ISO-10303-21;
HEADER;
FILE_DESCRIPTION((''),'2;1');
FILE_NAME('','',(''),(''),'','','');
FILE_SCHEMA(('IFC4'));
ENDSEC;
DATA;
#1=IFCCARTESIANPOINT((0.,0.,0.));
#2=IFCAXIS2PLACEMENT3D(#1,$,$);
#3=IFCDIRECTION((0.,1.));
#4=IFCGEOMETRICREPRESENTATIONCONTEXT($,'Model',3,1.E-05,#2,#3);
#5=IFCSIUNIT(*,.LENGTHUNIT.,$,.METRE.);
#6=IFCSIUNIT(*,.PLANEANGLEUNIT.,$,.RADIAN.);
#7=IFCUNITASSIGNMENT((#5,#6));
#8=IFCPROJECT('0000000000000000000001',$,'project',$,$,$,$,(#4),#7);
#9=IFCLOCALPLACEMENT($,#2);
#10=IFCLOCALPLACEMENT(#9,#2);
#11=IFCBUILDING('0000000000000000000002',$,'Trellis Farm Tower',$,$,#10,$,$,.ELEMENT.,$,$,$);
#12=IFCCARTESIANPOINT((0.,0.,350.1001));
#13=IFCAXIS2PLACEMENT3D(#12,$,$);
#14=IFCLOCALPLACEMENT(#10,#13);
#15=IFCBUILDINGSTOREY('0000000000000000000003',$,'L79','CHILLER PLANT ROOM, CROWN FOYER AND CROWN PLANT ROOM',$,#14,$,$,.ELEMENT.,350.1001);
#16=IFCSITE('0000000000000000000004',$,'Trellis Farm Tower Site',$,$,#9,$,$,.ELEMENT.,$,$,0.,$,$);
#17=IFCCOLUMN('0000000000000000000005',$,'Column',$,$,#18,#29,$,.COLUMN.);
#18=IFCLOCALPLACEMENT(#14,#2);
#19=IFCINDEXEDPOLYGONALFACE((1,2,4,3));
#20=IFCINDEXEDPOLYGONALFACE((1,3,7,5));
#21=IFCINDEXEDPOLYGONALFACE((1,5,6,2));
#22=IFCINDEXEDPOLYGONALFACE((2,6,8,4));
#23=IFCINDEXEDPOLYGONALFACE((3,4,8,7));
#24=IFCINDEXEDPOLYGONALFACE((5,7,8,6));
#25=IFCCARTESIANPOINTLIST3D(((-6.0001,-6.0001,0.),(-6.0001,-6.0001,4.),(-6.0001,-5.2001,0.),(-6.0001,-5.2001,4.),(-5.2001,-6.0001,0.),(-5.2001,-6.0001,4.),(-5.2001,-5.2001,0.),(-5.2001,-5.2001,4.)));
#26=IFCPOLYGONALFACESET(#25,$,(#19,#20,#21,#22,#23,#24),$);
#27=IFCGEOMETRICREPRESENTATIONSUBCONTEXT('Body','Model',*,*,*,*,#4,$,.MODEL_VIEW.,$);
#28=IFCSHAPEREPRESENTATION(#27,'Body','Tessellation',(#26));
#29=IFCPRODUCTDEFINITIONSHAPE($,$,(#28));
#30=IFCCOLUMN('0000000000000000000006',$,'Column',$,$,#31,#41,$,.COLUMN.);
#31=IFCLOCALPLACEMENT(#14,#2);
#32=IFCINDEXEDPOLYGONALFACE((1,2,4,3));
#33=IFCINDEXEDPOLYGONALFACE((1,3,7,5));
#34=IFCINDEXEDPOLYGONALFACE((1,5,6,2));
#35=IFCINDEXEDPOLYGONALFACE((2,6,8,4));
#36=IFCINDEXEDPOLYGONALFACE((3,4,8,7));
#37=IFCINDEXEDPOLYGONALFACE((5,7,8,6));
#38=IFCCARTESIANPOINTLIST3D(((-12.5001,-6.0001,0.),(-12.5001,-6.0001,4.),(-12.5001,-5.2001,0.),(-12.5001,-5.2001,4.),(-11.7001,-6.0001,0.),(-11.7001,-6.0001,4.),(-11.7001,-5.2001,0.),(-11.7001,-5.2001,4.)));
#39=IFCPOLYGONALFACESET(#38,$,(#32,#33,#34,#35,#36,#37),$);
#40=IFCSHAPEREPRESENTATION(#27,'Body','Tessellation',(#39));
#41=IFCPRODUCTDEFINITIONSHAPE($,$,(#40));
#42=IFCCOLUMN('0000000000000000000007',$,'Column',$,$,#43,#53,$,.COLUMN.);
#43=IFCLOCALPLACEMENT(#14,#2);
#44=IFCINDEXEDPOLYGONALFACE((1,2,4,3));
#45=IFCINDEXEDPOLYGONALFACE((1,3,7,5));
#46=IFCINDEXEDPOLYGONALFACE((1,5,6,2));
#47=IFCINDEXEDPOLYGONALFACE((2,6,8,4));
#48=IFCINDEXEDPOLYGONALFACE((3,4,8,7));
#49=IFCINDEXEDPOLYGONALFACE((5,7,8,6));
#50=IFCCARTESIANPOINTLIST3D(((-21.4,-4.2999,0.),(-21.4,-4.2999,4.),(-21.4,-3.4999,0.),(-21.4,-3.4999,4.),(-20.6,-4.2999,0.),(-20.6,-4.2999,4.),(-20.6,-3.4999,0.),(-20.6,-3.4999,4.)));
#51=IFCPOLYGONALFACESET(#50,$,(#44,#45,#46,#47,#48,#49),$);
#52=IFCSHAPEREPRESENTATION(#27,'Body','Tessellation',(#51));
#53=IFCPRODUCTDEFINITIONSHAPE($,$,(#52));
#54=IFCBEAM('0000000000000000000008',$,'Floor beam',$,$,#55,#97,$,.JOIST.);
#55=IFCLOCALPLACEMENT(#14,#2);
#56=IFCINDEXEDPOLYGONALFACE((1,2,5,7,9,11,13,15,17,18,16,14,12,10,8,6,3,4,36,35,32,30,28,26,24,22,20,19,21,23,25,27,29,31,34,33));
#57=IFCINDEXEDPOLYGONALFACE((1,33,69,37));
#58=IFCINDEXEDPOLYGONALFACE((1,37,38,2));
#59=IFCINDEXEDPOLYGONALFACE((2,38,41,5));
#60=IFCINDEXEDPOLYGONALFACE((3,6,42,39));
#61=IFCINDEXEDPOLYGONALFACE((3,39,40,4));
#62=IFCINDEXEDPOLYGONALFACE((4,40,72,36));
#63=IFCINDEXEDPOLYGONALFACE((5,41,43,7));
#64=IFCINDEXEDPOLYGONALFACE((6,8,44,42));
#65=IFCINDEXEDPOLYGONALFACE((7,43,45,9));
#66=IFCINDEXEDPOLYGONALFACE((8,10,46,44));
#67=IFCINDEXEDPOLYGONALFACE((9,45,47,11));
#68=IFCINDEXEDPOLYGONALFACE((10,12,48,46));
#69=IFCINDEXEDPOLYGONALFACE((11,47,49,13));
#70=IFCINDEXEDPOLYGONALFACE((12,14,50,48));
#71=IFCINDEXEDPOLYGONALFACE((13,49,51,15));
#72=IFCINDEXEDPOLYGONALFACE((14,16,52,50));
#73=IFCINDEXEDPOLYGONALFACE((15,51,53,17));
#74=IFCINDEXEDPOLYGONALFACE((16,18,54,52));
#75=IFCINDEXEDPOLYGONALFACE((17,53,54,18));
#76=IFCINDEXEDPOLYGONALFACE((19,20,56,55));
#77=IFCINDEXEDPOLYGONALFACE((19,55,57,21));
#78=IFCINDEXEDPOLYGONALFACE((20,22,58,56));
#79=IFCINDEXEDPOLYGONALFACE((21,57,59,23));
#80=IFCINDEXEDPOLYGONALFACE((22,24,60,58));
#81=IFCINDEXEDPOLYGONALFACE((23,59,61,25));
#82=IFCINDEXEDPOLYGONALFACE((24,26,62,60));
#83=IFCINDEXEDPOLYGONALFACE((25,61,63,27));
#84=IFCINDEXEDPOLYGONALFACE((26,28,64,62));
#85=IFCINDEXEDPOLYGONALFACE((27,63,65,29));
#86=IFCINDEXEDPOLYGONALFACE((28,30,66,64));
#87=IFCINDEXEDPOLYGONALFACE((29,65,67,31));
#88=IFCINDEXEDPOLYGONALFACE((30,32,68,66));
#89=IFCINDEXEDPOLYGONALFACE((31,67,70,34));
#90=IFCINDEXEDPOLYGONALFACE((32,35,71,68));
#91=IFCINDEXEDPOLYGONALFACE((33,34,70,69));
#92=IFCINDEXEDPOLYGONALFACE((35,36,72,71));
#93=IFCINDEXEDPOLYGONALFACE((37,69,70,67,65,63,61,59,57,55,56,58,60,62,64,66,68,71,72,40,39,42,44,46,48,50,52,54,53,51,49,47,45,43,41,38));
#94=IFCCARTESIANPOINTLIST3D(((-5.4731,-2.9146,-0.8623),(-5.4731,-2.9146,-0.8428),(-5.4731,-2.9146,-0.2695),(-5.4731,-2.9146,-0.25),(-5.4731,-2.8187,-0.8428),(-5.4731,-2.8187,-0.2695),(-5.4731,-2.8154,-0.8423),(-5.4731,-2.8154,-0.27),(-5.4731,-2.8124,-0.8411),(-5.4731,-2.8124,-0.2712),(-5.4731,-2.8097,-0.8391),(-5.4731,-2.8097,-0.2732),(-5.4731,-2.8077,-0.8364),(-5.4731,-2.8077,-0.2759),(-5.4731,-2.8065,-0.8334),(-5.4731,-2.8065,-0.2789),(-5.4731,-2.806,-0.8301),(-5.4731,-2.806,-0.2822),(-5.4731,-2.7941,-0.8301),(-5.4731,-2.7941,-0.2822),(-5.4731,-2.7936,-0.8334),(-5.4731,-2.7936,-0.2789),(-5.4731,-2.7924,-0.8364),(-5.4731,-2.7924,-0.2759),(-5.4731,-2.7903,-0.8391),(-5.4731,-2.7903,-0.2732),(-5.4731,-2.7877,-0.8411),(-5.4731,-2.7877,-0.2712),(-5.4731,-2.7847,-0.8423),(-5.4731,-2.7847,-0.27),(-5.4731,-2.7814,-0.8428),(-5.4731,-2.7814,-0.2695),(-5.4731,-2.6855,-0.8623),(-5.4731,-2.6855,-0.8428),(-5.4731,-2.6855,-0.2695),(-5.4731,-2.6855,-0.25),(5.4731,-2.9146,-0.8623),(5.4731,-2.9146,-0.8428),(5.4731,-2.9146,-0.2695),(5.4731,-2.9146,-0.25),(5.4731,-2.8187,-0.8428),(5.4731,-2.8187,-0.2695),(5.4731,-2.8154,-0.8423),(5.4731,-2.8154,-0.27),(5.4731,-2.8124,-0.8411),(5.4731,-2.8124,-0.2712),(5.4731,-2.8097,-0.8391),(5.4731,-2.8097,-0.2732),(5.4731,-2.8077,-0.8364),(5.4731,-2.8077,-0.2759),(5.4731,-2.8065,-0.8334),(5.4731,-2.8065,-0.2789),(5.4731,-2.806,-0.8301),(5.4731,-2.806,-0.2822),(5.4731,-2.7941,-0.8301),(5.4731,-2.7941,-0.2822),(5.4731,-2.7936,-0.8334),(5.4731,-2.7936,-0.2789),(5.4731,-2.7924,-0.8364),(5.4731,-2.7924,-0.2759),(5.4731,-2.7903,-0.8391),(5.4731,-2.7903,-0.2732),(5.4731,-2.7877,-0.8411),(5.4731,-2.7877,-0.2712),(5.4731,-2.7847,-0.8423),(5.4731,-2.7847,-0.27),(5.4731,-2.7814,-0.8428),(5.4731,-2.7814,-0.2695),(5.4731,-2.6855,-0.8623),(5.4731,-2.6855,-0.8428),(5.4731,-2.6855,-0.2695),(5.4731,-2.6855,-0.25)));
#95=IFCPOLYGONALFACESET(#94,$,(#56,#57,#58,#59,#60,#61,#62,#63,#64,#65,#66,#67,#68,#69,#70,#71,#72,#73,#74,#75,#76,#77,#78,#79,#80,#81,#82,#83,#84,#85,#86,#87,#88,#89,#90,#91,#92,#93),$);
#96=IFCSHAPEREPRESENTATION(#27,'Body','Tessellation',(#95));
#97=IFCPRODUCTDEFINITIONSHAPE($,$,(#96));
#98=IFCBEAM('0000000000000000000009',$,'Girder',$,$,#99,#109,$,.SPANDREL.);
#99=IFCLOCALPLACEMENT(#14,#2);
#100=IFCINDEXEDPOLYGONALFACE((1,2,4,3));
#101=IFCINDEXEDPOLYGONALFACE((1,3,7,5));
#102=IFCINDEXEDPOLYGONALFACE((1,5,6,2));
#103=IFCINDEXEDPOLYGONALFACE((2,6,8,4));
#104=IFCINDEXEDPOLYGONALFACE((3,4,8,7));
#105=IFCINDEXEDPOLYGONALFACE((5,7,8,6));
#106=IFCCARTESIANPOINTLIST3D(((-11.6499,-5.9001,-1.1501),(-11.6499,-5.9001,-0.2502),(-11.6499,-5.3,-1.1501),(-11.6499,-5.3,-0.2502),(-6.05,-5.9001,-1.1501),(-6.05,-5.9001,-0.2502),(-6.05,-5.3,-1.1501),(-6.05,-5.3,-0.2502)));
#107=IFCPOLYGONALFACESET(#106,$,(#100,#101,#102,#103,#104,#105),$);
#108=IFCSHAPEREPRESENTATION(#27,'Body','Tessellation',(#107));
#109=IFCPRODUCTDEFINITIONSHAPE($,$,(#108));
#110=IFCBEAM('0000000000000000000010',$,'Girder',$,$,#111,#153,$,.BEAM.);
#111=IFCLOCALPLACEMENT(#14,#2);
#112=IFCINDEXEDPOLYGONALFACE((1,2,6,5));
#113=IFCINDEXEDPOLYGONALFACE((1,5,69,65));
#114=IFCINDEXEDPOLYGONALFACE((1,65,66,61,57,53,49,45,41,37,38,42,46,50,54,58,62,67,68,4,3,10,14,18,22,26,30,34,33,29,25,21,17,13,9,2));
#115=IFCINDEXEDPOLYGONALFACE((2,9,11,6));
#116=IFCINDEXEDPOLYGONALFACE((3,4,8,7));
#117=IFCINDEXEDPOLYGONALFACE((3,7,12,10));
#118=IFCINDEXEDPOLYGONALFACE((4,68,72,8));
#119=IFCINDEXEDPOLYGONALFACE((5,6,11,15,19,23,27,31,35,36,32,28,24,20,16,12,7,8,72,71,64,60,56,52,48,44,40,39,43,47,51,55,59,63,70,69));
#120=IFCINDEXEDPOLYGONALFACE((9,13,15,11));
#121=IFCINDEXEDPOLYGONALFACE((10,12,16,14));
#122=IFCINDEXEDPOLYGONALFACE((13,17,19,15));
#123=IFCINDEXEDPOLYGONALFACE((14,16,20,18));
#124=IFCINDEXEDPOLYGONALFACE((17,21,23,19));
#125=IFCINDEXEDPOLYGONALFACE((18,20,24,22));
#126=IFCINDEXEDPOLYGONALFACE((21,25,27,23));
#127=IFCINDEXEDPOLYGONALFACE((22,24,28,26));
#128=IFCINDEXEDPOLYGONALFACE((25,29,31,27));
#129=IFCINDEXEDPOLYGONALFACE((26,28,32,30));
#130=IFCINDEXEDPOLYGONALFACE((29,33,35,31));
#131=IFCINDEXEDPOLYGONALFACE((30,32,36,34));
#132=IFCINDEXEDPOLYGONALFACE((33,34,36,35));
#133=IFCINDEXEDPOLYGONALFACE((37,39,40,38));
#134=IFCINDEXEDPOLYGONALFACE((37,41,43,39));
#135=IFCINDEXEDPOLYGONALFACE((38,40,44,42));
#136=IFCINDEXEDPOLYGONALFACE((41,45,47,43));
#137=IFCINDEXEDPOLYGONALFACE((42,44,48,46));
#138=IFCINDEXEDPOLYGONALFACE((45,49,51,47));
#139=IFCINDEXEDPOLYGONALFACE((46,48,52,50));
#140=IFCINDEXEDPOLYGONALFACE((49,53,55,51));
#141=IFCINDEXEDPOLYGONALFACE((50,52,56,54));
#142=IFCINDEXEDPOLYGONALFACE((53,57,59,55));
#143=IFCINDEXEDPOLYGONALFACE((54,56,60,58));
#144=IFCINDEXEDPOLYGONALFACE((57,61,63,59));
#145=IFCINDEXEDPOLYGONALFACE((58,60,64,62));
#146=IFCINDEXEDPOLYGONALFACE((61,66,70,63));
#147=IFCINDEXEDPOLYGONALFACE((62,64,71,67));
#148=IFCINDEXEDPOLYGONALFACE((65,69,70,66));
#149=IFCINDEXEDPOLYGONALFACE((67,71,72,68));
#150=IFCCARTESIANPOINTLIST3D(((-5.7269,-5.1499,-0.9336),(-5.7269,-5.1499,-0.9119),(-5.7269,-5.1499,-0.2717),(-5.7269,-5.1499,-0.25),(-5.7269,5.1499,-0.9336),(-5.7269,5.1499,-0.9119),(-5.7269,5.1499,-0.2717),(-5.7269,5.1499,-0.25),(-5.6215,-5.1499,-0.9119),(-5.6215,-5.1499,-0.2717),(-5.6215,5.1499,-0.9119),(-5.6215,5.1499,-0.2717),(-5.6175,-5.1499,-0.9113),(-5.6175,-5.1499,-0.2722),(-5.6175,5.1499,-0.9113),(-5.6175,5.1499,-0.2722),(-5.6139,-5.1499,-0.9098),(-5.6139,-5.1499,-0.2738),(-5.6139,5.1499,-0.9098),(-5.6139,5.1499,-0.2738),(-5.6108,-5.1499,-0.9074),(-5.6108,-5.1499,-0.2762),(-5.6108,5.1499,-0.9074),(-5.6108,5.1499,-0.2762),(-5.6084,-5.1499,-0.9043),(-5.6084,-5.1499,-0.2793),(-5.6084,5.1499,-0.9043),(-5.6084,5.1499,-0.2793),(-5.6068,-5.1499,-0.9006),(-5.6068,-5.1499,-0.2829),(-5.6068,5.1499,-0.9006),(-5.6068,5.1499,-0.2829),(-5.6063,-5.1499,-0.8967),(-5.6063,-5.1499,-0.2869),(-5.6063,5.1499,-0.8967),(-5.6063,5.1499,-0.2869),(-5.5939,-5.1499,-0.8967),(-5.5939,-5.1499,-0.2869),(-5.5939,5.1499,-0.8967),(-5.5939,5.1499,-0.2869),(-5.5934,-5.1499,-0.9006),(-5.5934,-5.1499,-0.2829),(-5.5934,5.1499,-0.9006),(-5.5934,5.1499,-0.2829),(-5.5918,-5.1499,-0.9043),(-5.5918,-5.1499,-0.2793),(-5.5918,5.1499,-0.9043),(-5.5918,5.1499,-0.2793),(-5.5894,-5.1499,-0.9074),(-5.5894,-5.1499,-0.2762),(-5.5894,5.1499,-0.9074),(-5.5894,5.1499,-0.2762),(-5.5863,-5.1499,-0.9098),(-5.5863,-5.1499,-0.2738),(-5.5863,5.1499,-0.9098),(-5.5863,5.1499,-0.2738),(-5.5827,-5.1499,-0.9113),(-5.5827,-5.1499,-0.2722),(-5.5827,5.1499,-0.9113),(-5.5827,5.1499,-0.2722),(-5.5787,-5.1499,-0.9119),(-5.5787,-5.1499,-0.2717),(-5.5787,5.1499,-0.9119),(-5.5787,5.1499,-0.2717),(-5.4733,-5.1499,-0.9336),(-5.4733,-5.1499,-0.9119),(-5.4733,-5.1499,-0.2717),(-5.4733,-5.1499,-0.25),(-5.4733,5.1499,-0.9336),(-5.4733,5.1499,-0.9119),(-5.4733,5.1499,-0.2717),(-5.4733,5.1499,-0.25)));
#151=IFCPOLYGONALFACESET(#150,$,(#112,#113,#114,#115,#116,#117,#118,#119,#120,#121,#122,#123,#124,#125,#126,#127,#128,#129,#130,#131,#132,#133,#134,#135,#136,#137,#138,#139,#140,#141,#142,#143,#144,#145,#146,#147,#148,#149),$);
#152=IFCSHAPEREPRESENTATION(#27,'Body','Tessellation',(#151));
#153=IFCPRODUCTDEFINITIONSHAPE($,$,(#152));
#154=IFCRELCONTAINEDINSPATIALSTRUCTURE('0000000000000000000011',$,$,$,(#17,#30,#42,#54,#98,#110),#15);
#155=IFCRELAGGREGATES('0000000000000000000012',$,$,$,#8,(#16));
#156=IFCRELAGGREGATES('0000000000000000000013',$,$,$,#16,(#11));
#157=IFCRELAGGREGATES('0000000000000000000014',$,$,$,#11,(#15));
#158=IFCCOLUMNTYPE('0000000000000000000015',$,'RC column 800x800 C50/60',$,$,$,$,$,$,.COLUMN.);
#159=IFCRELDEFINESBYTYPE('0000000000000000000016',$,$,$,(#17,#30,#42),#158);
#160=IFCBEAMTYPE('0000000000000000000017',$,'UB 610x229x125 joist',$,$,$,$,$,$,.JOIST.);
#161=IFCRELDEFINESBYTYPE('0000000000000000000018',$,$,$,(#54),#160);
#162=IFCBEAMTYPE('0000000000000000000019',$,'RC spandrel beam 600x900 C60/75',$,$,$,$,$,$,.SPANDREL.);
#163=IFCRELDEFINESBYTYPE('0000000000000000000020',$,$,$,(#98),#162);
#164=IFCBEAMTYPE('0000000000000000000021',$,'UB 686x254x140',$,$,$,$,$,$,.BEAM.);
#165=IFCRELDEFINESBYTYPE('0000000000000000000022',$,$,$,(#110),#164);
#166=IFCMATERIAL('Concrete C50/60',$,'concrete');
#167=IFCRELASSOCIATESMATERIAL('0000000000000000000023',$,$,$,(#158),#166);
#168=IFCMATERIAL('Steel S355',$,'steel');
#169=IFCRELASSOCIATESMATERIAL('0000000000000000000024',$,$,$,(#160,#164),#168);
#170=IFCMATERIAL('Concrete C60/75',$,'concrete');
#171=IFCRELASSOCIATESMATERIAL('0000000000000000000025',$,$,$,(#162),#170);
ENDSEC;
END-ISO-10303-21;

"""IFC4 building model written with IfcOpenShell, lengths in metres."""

from ifc_helpers import new_model, si_unit, direction, frame, origin, origin_2d, place, context, subcontext, project, spatial, rectangle, i_section, extrude, source, transform, mapped, material, material_profile, profile_set, type_object, element, save


model = new_model("IFC4")

# Units and contexts
model_context = context("Model", 3, precision=1e-05, world=origin(), true_north=direction((0.0, 1.0)))
body_context = subcontext(model_context, "Body", "Model", "MODEL_VIEW")
ifc_project = project(units=[si_unit("LENGTHUNIT", "METRE"), si_unit("PLANEANGLEUNIT", "RADIAN")], contexts=[model_context])

# Site, building, storey
site_placement = place(None, origin())
site = spatial("IfcSite", under=ifc_project, at=site_placement, Name="Trellis Farm Tower Site", CompositionType="ELEMENT", RefElevation=0.0)
building_placement = place(site_placement, origin())
building = spatial("IfcBuilding", under=site, at=building_placement, Name="Trellis Farm Tower", CompositionType="ELEMENT")
storey_placement = place(building_placement, frame((0.0, 0.0, 350.1001)))
storey = spatial("IfcBuildingStorey", under=building, at=storey_placement, Name="L79", Description="CHILLER PLANT ROOM, CROWN FOYER AND CROWN PLANT ROOM", CompositionType="ELEMENT", Elevation=350.1001)

# Columns
ifc_material_1 = material(Name="Concrete C50/60", Category="concrete")
ifc_material_profile_1 = material_profile(ifc_material_1, rectangle(XDim=0.8, YDim=0.8, at=origin_2d()), Name="RC column 800x800 C50/60")
ifc_profile_set_1 = profile_set([ifc_material_profile_1], Name="Concrete C50/60")
column_type = type_object("IfcColumnType", Name="RC column 800x800 C50/60", PredefinedType="COLUMN", material=ifc_profile_set_1)
shared_shape_1 = source(origin(), body_context, "Body", "SweptSolid", [
    extrude(rectangle(XDim=0.8, YDim=0.8, at=origin_2d()), origin(), (0.0, 0.0, 1.0), 4.0),
])
for number, where, z_axis, x_axis, name in (
    (1, (-5.6001, -5.6001, 0.0), (0.0, 0.0, 1.0), (1.0, 0.0, 0.0), "Column"),
    (2, (-12.1001, -5.6001, 0.0), (0.0, 0.0, 1.0), (1.0, 0.0, 0.0), "Column"),
    (3, (-21.0, -3.8999, 0.0), (0.0, 0.0, 1.0), (1.0, 0.0, 0.0), "Column"),
):
    element("IfcColumn", number, at=place(storey_placement, frame(where, z_axis=z_axis, x_axis=x_axis)), inside=storey, type_object=column_type, Name=name, PredefinedType="COLUMN", context=body_context, shape_type="MappedRepresentation", body=[
        mapped(shared_shape_1, transform((0.0, 0.0, 0.0))),
    ])

# Beams
ifc_material_2 = material(Name="Steel S355", Category="steel")
ifc_material_profile_2 = material_profile(ifc_material_2, i_section(OverallWidth=0.229, OverallDepth=0.6123, WebThickness=0.012, FlangeThickness=0.0195, FilletRadius=0.0127, at=origin_2d()), Name="UB 610x229x125")
ifc_profile_set_2 = profile_set([ifc_material_profile_2], Name="Steel S355")
beam_type_1 = type_object("IfcBeamType", Name="UB 610x229x125 joist", PredefinedType="JOIST", material=ifc_profile_set_2)
shared_shape_2 = source(origin(), body_context, "Body", "SweptSolid", [
    extrude(i_section(OverallWidth=0.229, OverallDepth=0.6123, WebThickness=0.012, FlangeThickness=0.0195, FilletRadius=0.0127, at=origin_2d()), origin(), (0.0, 0.0, 1.0), 10.9463),
])
beam_1_placement = place(storey_placement, frame((-5.4731, -2.8, -0.5562), z_axis=(1.0, 0.0, 0.0), x_axis=(0.0, 1.0, 0.0)))
element("IfcBeam", 4, at=beam_1_placement, inside=storey, type_object=beam_type_1, Name="Floor beam", PredefinedType="JOIST", context=body_context, shape_type="MappedRepresentation", body=[
    mapped(shared_shape_2, transform((0.0, 0.0, 0.0))),
])
ifc_material_3 = material(Name="Concrete C60/75", Category="concrete")
ifc_material_profile_3 = material_profile(ifc_material_3, rectangle(XDim=0.6001, YDim=0.8999, at=origin_2d()), Name="RC spandrel beam 600x900 C60/75")
ifc_profile_set_3 = profile_set([ifc_material_profile_3], Name="Concrete C60/75")
beam_type_2 = type_object("IfcBeamType", Name="RC spandrel beam 600x900 C60/75", PredefinedType="SPANDREL", material=ifc_profile_set_3)
shared_shape_3 = source(origin(), body_context, "Body", "SweptSolid", [
    extrude(rectangle(XDim=0.6001, YDim=0.8999, at=origin_2d()), origin(), (0.0, 0.0, 1.0), 5.5999),
])
beam_2_placement = place(storey_placement, frame((-11.6499, -5.6001, -0.7002), z_axis=(1.0, 0.0, 0.0), x_axis=(0.0, 1.0, 0.0)))
element("IfcBeam", 5, at=beam_2_placement, inside=storey, type_object=beam_type_2, Name="Girder", PredefinedType="SPANDREL", context=body_context, shape_type="MappedRepresentation", body=[
    mapped(shared_shape_3, transform((0.0, 0.0, 0.0))),
])
ifc_material_profile_4 = material_profile(ifc_material_2, i_section(OverallWidth=0.2537, OverallDepth=0.6836, WebThickness=0.0125, FlangeThickness=0.0217, FilletRadius=0.0151, at=origin_2d()), Name="UB 686x254x140")
ifc_profile_set_4 = profile_set([ifc_material_profile_4], Name="Steel S355")
beam_type_3 = type_object("IfcBeamType", Name="UB 686x254x140", PredefinedType="BEAM", material=ifc_profile_set_4)
shared_shape_4 = source(origin(), body_context, "Body", "SweptSolid", [
    extrude(i_section(OverallWidth=0.2537, OverallDepth=0.6836, WebThickness=0.0125, FlangeThickness=0.0217, FilletRadius=0.0151, at=origin_2d()), origin(), (0.0, 0.0, 1.0), 10.2998),
])
beam_3_placement = place(storey_placement, frame((-5.6001, -5.1499, -0.5918), z_axis=(0.0, 1.0, 0.0), x_axis=(-1.0, 0.0, 0.0)))
element("IfcBeam", 6, at=beam_3_placement, inside=storey, type_object=beam_type_3, Name="Girder", PredefinedType="BEAM", context=body_context, shape_type="MappedRepresentation", body=[
    mapped(shared_shape_4, transform((0.0, 0.0, 0.0))),
])

save(model, "model.ifc")
